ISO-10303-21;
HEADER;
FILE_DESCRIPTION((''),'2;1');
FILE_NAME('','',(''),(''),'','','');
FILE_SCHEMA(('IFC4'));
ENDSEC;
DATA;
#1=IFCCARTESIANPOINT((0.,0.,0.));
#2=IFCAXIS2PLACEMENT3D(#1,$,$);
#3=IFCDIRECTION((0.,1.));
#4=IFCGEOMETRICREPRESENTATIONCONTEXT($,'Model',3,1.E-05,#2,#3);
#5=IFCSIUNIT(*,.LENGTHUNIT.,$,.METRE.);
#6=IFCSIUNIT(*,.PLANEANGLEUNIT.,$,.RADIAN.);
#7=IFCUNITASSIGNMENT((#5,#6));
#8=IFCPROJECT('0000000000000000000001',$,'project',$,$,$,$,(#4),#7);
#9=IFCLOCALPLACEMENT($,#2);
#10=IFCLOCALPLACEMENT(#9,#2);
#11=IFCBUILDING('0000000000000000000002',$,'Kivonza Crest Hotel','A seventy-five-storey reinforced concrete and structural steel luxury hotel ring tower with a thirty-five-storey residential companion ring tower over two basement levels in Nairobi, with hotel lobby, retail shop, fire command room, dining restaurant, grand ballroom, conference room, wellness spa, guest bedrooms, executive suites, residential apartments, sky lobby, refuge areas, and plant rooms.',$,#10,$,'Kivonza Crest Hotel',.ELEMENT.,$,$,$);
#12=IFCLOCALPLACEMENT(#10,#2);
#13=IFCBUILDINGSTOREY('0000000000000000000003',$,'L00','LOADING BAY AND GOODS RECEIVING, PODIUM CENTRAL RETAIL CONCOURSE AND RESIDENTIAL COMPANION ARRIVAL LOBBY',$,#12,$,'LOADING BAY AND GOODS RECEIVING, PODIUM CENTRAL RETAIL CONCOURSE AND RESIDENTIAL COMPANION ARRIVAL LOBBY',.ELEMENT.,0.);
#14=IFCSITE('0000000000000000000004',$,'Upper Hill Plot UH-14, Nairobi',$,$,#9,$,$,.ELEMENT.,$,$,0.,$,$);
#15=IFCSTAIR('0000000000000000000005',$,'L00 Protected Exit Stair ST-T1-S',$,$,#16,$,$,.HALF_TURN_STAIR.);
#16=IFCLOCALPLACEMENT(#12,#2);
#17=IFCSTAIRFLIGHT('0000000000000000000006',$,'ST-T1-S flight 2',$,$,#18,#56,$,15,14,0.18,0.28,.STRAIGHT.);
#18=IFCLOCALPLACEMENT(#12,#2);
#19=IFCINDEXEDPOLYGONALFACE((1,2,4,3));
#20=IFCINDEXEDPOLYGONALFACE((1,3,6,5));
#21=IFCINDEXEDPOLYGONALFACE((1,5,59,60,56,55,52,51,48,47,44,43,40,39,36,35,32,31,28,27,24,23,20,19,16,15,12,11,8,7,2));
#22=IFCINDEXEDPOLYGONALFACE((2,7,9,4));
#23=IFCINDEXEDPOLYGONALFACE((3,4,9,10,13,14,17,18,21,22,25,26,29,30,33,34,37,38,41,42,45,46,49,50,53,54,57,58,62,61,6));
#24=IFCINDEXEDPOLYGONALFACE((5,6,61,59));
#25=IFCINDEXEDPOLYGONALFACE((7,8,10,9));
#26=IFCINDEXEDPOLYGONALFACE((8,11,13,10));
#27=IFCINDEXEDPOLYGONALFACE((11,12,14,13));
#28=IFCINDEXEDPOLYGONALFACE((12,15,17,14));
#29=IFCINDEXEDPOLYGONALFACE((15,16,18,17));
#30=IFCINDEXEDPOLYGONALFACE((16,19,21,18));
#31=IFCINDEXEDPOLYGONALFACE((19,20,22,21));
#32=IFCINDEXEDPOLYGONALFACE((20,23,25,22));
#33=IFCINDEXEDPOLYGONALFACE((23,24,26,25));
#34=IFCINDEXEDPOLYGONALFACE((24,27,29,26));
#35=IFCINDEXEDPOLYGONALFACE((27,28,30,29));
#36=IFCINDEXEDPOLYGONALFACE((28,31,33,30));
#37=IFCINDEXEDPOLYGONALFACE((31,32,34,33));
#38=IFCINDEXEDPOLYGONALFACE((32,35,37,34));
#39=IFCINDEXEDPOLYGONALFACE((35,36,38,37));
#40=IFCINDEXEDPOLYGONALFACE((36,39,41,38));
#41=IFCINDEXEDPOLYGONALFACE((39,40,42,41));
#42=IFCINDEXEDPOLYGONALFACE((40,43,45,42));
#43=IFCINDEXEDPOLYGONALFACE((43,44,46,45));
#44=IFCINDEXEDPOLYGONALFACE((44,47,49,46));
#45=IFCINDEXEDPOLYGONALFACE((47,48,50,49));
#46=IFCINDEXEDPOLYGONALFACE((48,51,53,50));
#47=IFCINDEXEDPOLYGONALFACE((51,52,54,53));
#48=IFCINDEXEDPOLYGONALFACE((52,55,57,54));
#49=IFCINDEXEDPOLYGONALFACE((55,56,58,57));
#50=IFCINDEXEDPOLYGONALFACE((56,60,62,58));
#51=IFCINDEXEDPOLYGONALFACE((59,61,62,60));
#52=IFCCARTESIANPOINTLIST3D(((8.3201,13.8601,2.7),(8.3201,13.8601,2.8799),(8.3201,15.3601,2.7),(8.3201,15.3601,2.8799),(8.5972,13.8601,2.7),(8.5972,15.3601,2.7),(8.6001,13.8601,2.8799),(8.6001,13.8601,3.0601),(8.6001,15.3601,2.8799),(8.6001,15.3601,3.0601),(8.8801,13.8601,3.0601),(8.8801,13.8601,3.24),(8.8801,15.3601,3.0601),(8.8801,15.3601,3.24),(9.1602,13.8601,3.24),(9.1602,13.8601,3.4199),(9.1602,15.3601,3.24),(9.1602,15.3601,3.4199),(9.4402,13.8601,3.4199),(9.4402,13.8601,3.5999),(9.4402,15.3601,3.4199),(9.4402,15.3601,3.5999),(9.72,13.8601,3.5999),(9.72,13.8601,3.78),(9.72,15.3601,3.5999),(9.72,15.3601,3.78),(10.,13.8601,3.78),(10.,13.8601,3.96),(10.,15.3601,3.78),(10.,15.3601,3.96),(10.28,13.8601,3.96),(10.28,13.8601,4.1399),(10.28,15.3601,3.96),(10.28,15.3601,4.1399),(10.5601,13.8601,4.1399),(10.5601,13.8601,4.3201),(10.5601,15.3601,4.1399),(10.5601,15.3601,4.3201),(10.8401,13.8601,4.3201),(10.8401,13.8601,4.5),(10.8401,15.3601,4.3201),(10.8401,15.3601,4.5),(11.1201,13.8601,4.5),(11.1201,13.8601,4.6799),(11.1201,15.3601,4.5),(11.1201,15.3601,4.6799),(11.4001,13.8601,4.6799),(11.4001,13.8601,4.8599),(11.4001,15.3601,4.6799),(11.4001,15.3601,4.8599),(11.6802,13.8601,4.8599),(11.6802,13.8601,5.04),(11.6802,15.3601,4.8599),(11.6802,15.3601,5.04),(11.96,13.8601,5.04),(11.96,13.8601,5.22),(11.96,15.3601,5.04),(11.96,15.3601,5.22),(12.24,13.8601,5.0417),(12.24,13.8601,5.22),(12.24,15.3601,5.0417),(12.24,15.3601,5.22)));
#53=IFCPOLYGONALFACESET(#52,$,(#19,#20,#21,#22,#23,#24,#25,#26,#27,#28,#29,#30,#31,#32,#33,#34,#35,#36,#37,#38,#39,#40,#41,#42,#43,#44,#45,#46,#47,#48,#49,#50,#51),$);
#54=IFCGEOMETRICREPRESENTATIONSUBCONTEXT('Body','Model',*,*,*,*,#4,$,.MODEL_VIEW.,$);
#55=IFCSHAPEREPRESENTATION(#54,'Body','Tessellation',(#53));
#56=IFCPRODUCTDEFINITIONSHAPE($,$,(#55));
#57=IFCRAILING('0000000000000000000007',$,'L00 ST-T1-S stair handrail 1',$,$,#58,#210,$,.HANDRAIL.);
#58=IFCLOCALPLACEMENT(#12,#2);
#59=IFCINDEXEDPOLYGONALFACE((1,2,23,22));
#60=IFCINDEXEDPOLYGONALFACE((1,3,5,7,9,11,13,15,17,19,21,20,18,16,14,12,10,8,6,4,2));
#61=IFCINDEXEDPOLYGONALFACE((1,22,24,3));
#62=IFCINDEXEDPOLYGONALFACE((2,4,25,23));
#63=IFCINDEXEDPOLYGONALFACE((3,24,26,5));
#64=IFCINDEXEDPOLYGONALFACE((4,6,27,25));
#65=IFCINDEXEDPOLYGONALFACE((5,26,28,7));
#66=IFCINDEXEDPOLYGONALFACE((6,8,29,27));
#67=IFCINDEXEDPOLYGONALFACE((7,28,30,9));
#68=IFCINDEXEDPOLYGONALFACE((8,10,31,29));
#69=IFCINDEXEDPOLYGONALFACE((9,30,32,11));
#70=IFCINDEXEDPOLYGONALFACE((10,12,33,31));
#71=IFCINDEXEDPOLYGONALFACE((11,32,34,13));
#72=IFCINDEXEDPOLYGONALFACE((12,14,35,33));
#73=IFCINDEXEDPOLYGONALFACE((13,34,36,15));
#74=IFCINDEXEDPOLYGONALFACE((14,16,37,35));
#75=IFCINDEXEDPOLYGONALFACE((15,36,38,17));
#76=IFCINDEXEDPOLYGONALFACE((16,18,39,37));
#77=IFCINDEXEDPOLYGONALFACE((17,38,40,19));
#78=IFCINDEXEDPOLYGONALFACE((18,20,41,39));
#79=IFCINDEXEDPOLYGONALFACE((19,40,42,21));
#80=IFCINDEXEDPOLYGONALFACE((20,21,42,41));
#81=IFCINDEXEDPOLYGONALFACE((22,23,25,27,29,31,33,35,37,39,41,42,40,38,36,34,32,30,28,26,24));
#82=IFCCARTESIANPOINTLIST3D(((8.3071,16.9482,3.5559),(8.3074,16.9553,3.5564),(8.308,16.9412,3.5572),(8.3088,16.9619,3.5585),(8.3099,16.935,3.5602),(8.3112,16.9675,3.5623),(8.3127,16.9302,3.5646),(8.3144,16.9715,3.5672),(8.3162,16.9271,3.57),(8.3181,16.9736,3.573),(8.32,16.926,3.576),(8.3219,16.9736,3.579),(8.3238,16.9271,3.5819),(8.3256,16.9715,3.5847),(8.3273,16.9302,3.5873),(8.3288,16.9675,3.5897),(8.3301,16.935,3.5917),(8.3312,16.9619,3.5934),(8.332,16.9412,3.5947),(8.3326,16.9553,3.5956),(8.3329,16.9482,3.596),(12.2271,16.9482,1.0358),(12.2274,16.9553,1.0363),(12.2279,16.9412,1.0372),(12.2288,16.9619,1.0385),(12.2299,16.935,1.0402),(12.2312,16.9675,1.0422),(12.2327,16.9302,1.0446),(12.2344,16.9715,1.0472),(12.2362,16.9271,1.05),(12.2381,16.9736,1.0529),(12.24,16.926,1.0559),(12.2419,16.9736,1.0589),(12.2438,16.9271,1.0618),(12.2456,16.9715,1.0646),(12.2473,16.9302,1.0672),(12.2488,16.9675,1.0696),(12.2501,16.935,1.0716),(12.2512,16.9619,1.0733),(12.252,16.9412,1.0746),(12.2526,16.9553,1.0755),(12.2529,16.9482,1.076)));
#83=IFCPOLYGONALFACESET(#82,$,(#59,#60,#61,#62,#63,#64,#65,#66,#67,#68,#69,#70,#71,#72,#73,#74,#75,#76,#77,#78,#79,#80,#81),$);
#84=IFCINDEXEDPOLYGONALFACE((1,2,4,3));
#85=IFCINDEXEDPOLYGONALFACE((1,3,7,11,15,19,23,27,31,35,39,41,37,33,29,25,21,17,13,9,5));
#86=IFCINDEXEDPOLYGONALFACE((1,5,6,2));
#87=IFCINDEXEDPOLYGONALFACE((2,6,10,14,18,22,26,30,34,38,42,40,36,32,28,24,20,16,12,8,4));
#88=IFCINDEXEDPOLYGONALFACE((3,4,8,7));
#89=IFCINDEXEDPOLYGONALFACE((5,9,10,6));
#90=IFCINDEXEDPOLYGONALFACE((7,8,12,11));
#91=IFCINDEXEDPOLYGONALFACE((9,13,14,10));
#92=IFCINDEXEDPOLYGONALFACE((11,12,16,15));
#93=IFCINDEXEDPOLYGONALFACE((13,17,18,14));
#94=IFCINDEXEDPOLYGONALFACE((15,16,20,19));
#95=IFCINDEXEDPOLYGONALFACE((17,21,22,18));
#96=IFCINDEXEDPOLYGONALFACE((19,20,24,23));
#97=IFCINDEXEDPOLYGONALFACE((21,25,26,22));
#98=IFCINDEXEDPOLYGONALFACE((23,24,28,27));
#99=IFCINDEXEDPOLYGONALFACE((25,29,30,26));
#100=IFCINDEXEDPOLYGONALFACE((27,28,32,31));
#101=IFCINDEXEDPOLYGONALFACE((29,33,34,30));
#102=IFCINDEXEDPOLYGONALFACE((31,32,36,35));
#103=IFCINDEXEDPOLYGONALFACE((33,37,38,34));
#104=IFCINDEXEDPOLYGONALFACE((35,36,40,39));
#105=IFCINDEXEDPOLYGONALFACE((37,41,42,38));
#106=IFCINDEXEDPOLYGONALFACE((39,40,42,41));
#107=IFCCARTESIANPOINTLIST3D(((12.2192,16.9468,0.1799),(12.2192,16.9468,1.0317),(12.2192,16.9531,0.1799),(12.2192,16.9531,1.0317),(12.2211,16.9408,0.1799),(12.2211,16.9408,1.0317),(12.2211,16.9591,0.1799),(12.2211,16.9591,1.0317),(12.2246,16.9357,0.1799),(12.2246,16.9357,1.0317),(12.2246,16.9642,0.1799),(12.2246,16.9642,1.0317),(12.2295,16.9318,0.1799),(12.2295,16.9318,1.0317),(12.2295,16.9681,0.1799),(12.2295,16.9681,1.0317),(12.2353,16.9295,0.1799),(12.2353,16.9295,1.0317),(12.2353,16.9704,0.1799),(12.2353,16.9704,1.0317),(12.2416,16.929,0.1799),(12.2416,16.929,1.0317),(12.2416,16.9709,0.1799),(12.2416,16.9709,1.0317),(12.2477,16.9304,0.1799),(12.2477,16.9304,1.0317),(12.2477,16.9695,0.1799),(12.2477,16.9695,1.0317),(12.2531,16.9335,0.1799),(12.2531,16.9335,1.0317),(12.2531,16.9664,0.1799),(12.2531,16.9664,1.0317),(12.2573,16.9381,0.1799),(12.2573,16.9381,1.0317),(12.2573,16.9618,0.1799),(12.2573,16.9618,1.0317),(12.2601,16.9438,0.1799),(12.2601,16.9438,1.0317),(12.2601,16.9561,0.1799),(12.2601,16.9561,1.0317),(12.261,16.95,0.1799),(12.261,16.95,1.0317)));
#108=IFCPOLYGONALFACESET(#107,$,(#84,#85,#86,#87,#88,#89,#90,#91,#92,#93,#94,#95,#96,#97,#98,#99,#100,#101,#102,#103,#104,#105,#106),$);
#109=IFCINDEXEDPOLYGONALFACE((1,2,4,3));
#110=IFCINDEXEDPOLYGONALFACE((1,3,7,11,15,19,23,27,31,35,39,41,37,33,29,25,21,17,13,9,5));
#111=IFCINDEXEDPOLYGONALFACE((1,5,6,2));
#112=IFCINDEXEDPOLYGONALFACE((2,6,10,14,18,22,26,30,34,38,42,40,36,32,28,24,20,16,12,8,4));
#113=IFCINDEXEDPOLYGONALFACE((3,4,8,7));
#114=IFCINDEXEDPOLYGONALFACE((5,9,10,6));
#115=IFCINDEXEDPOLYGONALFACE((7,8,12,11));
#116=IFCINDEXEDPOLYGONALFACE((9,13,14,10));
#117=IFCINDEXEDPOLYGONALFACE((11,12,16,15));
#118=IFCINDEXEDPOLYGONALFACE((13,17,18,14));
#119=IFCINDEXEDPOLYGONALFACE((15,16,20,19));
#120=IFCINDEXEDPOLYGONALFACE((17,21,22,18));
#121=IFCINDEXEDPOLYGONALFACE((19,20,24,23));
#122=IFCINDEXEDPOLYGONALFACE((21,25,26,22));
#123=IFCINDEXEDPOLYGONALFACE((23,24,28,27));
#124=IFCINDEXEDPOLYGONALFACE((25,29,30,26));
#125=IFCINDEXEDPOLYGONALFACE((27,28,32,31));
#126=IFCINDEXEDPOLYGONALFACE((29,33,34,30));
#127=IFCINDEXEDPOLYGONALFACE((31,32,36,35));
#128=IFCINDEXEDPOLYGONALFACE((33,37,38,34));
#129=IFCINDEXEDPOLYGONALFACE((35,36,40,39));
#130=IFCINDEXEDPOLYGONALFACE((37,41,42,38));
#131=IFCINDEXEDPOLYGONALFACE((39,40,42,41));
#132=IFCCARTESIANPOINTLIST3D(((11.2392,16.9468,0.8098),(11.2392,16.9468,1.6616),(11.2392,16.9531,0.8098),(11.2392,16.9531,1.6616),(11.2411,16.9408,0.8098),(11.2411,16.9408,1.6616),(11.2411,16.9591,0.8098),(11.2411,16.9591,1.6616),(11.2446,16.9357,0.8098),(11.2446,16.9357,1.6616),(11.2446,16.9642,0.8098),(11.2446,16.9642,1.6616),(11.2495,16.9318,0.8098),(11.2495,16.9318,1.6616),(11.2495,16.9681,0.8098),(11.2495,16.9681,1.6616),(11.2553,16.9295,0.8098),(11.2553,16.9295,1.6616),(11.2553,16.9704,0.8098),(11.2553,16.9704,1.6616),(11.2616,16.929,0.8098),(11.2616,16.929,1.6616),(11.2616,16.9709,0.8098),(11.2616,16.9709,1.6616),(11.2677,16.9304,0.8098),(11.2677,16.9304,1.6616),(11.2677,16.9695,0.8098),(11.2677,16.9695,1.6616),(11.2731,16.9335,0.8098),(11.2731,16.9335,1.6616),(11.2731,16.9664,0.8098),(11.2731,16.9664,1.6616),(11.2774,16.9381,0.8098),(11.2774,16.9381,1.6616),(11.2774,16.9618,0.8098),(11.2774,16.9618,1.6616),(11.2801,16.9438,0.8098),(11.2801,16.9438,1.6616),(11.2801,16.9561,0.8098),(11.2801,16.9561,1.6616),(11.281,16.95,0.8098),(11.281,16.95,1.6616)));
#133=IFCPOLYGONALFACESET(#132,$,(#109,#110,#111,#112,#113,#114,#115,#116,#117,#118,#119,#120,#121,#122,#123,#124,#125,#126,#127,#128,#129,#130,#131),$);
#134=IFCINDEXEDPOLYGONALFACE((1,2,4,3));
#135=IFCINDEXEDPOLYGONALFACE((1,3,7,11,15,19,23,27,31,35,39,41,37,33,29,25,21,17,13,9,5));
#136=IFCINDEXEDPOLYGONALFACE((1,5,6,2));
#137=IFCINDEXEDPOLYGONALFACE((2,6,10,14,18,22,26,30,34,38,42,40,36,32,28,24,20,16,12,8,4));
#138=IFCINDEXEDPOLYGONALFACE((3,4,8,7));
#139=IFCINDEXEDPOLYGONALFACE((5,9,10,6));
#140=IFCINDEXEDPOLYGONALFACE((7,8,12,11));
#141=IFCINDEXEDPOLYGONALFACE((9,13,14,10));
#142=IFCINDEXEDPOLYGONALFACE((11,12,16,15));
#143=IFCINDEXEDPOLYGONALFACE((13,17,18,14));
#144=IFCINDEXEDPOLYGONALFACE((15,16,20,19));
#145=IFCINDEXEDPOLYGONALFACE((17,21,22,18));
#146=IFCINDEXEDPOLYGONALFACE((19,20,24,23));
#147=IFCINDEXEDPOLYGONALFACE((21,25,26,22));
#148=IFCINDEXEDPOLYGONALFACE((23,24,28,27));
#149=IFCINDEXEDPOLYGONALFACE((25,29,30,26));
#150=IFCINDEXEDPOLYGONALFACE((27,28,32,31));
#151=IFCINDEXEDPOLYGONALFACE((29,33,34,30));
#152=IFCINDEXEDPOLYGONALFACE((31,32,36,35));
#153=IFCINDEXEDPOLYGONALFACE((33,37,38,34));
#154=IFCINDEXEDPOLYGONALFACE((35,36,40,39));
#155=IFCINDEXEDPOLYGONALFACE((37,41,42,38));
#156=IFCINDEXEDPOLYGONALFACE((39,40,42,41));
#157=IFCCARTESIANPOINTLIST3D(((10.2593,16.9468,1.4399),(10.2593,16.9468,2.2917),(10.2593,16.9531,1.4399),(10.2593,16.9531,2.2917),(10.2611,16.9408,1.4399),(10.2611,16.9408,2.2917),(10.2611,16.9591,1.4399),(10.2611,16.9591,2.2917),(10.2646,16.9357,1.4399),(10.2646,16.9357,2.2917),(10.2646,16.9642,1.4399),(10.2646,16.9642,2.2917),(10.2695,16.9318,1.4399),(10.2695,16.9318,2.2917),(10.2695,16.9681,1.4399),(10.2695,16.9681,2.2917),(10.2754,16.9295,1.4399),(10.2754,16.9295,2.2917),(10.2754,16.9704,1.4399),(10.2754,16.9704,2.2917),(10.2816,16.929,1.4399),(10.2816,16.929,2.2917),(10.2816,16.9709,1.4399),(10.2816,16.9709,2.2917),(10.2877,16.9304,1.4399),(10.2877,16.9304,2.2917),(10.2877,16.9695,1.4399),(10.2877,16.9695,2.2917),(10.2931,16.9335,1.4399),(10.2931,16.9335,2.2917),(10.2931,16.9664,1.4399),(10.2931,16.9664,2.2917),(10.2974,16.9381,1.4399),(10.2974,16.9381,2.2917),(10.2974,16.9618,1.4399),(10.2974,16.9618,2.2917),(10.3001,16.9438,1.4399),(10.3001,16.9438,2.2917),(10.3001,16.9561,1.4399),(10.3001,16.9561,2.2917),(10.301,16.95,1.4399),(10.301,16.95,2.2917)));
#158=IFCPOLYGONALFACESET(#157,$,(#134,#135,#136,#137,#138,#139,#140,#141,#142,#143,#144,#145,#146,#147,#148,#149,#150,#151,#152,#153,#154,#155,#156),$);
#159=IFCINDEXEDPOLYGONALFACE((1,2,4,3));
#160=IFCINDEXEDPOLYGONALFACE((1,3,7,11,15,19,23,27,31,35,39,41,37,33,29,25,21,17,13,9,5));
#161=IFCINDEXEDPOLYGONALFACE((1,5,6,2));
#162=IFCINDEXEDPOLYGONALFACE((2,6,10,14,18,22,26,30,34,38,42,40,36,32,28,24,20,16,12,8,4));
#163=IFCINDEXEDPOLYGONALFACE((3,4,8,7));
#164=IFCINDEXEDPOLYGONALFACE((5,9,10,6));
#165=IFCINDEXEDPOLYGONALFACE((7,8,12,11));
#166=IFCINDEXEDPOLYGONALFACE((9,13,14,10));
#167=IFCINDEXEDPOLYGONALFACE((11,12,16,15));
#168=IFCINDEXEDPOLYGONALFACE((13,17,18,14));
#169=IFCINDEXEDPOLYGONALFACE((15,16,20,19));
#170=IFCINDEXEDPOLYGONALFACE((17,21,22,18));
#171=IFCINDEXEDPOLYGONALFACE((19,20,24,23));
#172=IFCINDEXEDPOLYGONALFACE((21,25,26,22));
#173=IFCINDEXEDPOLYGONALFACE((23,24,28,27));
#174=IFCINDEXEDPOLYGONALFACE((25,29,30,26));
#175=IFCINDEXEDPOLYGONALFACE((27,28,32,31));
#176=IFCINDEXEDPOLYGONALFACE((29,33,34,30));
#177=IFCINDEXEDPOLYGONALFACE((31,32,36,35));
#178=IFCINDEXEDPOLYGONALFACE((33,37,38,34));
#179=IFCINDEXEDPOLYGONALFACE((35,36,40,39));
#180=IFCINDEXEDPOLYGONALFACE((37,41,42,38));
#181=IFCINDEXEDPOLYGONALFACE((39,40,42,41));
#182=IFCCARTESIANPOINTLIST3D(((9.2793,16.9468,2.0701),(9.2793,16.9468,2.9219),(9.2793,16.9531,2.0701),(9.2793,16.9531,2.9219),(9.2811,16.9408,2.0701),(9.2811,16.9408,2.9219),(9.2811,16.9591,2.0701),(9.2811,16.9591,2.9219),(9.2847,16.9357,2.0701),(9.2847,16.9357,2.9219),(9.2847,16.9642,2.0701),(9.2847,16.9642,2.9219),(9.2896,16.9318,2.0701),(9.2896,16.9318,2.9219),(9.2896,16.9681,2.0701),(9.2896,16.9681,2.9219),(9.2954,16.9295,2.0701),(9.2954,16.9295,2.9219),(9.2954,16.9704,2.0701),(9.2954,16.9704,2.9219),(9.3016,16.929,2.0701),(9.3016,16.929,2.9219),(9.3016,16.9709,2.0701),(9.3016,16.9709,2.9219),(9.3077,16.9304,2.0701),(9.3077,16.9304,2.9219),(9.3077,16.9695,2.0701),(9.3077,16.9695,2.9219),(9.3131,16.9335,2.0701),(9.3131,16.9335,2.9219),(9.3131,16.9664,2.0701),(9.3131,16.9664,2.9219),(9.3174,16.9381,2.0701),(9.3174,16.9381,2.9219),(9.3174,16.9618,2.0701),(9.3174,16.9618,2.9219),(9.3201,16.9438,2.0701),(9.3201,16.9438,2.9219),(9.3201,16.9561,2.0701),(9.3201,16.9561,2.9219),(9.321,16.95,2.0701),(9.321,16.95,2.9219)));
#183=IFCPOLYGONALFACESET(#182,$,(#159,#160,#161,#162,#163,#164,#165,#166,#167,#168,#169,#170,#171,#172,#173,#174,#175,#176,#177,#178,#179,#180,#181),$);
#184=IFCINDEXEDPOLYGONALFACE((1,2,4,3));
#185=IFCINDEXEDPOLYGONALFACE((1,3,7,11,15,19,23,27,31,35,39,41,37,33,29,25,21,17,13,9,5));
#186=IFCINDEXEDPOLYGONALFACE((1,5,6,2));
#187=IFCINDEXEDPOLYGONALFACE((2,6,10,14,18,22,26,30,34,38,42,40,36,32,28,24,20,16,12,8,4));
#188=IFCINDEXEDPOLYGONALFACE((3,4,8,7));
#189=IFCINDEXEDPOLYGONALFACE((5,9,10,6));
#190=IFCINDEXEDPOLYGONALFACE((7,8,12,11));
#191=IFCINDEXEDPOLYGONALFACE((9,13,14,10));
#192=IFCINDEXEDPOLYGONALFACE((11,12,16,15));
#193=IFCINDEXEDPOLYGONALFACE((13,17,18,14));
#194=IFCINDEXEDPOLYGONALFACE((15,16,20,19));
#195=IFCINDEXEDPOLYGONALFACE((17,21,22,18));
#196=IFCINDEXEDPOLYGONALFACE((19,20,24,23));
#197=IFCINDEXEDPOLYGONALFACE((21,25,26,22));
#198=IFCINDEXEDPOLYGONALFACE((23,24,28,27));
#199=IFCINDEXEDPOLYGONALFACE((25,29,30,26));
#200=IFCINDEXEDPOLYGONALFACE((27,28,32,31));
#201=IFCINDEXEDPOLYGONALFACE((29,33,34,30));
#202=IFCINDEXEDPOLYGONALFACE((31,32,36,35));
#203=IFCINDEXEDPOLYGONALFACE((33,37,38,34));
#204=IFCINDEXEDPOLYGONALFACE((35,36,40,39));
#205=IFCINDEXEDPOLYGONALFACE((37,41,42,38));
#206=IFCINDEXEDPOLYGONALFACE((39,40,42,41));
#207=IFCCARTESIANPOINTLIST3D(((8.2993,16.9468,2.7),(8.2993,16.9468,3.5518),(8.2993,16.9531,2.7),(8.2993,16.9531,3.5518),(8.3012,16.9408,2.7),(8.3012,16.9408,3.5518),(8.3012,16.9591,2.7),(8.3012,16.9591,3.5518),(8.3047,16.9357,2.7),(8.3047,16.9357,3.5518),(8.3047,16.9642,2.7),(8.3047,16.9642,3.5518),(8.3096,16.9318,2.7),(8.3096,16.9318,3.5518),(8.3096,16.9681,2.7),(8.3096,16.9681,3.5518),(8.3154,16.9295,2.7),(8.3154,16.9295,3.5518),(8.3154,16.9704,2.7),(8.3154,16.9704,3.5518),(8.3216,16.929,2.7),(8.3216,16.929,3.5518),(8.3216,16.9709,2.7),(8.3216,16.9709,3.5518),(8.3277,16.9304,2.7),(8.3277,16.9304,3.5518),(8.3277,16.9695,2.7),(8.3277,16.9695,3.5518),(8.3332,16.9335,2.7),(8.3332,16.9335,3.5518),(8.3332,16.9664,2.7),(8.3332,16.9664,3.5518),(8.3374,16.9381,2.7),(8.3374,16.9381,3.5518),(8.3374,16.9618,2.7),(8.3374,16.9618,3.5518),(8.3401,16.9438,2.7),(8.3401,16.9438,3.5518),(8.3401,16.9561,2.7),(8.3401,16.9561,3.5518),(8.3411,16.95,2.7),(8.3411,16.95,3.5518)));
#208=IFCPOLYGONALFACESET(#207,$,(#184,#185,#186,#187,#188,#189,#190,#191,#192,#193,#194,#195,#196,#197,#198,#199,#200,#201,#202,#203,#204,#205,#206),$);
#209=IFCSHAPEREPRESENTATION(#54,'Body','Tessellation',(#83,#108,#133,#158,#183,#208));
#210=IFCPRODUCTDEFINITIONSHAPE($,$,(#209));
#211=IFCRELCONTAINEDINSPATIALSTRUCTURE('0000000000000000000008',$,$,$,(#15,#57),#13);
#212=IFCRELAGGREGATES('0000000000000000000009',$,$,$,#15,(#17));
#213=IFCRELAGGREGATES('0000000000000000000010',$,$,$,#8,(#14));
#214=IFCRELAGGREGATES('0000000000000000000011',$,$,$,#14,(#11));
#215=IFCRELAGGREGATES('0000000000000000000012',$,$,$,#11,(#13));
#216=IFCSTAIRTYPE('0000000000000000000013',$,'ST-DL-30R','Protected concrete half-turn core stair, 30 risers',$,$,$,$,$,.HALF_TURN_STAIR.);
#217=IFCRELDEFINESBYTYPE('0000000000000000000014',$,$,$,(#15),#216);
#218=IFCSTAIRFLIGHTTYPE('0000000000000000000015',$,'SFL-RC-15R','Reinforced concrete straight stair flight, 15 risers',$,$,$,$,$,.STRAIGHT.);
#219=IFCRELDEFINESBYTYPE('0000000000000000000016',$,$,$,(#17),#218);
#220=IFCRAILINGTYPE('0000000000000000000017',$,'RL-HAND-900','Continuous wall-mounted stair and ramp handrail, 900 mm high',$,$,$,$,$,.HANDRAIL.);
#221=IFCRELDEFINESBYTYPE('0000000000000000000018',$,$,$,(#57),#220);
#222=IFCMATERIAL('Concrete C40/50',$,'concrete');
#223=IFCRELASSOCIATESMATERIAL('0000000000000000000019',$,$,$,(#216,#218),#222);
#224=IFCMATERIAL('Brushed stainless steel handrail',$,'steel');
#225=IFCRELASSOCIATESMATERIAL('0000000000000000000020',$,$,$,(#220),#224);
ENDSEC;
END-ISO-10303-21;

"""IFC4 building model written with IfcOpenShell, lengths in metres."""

from ifc_helpers import new_model, si_unit, direction, frame, origin, origin_2d, place, context, subcontext, project, spatial, polyline, circle, outline, extrude, material, type_object, element, aggregate, save


model = new_model("IFC4")

# Units and contexts
model_context = context("Model", 3, precision=1e-05, world=origin(), true_north=direction((0.0, 1.0)))
body_context = subcontext(model_context, "Body", "Model", "MODEL_VIEW")
ifc_project = project(units=[si_unit("LENGTHUNIT", "METRE"), si_unit("PLANEANGLEUNIT", "RADIAN")], contexts=[model_context])

# Site, building, storey
site_placement = place(None, origin())
site = spatial("IfcSite", under=ifc_project, at=site_placement, Name="Upper Hill Plot UH-14, Nairobi", CompositionType="ELEMENT", RefElevation=0.0)
building_placement = place(site_placement, origin())
building = spatial("IfcBuilding", under=site, at=building_placement, Name="Kivonza Crest Hotel", Description="A seventy-five-storey reinforced concrete and structural steel luxury hotel ring tower with a thirty-five-storey residential companion ring tower over two basement levels in Nairobi, with hotel lobby, retail shop, fire command room, dining restaurant, grand ballroom, conference room, wellness spa, guest bedrooms, executive suites, residential apartments, sky lobby, refuge areas, and plant rooms.", LongName="Kivonza Crest Hotel", CompositionType="ELEMENT")
storey_placement = place(building_placement, origin())
storey = spatial("IfcBuildingStorey", under=building, at=storey_placement, Name="L00", Description="LOADING BAY AND GOODS RECEIVING, PODIUM CENTRAL RETAIL CONCOURSE AND RESIDENTIAL COMPANION ARRIVAL LOBBY", LongName="LOADING BAY AND GOODS RECEIVING, PODIUM CENTRAL RETAIL CONCOURSE AND RESIDENTIAL COMPANION ARRIVAL LOBBY", CompositionType="ELEMENT", Elevation=0.0)

# Stair, stair flight
ifc_material_1 = material(Name="Concrete C40/50", Category="concrete")
stair_type = type_object("IfcStairType", Name="ST-DL-30R", Description="Protected concrete half-turn core stair, 30 risers", PredefinedType="HALF_TURN_STAIR", material=ifc_material_1)
stair_placement = place(storey_placement, origin())
stair = element("IfcStair", 1, at=stair_placement, inside=storey, type_object=stair_type, Name="L00 Protected Exit Stair ST-T1-S", PredefinedType="HALF_TURN_STAIR")
stair_flight_type = type_object("IfcStairFlightType", Name="SFL-RC-15R", Description="Reinforced concrete straight stair flight, 15 risers", PredefinedType="STRAIGHT", material=ifc_material_1)
stair_flight_1_placement = place(storey_placement, frame((8.3201, 14.6101, 2.7), z_axis=(0.0, 0.0, 1.0), x_axis=(1.0, 0.0, 0.0)))
stair_flight_1 = element("IfcStairFlight", 2, at=stair_flight_1_placement, type_object=stair_flight_type, Name="ST-T1-S flight 2", NumberOfRisers=15, NumberOfTreads=14, PredefinedType="STRAIGHT", RiserHeight=0.18, TreadLength=0.28, context=body_context, shape_type="SweptSolid", body=[
    extrude(outline(polyline([(0.0, 0.0), (0.0, 0.1799), (0.28, 0.1799), (0.28, 0.3601), (0.5601, 0.3601), (0.5601, 0.54), (0.8401, 0.54), (0.8401, 0.72), (1.1201, 0.72), (1.1201, 0.8999), (1.3999, 0.8999), (1.3999, 1.0801), (1.6799, 1.0801), (1.6799, 1.26), (1.96, 1.26), (1.96, 1.4399), (2.24, 1.4399), (2.24, 1.6201), (2.52, 1.6201), (2.52, 1.8), (2.8, 1.8), (2.8, 1.98), (3.0801, 1.98), (3.0801, 2.1599), (3.3601, 2.1599), (3.3601, 2.3401), (3.6399, 2.3401), (3.6399, 2.52), (3.9199, 2.52), (3.9199, 2.7), (3.9199, 2.3418), (0.2771, 0.0), (0.0, 0.0)])), frame((0.0, 0.75, 0.0), z_axis=(0.0, -1.0, 0.0), x_axis=(1.0, 0.0, 0.0)), (0.0, 0.0, 1.0), 1.5),
])
aggregate(stair, [stair_flight_1])

# Railing
ifc_material_2 = material(Name="Brushed stainless steel handrail", Category="steel")
railing_type_1 = type_object("IfcRailingType", Name="RL-HAND-900", Description="Continuous wall-mounted stair and ramp handrail, 900 mm high", PredefinedType="HANDRAIL", material=ifc_material_2)
railing_1_placement = place(storey_placement, frame((12.24, 16.95, 0.1799)))
element("IfcRailing", 3, at=railing_1_placement, inside=storey, type_object=railing_type_1, Name="L00 ST-T1-S stair handrail 1", PredefinedType="HANDRAIL", context=body_context, shape_type="SweptSolid", body=[
    extrude(circle(Radius=0.0239, at=origin_2d()), frame((0.0, 0.0, 0.876), z_axis=(-0.841172, 0.0, 0.540768), x_axis=(0.0, -1.0, 0.0)), (0.0, 0.0, 1.0), 4.6602),
    extrude(circle(Radius=0.021, at=origin_2d()), origin(), (0.0, 0.0, 1.0), 0.8518),
    extrude(circle(Radius=0.021, at=origin_2d()), frame((-0.98, 0.0, 0.6299)), (0.0, 0.0, 1.0), 0.8518),
    extrude(circle(Radius=0.021, at=origin_2d()), frame((-1.96, 0.0, 1.26)), (0.0, 0.0, 1.0), 0.8518),
    extrude(circle(Radius=0.021, at=origin_2d()), frame((-2.9399, 0.0, 1.8901)), (0.0, 0.0, 1.0), 0.8518),
    extrude(circle(Radius=0.021, at=origin_2d()), frame((-3.9199, 0.0, 2.52)), (0.0, 0.0, 1.0), 0.8518),
])

save(model, "model.ifc")
